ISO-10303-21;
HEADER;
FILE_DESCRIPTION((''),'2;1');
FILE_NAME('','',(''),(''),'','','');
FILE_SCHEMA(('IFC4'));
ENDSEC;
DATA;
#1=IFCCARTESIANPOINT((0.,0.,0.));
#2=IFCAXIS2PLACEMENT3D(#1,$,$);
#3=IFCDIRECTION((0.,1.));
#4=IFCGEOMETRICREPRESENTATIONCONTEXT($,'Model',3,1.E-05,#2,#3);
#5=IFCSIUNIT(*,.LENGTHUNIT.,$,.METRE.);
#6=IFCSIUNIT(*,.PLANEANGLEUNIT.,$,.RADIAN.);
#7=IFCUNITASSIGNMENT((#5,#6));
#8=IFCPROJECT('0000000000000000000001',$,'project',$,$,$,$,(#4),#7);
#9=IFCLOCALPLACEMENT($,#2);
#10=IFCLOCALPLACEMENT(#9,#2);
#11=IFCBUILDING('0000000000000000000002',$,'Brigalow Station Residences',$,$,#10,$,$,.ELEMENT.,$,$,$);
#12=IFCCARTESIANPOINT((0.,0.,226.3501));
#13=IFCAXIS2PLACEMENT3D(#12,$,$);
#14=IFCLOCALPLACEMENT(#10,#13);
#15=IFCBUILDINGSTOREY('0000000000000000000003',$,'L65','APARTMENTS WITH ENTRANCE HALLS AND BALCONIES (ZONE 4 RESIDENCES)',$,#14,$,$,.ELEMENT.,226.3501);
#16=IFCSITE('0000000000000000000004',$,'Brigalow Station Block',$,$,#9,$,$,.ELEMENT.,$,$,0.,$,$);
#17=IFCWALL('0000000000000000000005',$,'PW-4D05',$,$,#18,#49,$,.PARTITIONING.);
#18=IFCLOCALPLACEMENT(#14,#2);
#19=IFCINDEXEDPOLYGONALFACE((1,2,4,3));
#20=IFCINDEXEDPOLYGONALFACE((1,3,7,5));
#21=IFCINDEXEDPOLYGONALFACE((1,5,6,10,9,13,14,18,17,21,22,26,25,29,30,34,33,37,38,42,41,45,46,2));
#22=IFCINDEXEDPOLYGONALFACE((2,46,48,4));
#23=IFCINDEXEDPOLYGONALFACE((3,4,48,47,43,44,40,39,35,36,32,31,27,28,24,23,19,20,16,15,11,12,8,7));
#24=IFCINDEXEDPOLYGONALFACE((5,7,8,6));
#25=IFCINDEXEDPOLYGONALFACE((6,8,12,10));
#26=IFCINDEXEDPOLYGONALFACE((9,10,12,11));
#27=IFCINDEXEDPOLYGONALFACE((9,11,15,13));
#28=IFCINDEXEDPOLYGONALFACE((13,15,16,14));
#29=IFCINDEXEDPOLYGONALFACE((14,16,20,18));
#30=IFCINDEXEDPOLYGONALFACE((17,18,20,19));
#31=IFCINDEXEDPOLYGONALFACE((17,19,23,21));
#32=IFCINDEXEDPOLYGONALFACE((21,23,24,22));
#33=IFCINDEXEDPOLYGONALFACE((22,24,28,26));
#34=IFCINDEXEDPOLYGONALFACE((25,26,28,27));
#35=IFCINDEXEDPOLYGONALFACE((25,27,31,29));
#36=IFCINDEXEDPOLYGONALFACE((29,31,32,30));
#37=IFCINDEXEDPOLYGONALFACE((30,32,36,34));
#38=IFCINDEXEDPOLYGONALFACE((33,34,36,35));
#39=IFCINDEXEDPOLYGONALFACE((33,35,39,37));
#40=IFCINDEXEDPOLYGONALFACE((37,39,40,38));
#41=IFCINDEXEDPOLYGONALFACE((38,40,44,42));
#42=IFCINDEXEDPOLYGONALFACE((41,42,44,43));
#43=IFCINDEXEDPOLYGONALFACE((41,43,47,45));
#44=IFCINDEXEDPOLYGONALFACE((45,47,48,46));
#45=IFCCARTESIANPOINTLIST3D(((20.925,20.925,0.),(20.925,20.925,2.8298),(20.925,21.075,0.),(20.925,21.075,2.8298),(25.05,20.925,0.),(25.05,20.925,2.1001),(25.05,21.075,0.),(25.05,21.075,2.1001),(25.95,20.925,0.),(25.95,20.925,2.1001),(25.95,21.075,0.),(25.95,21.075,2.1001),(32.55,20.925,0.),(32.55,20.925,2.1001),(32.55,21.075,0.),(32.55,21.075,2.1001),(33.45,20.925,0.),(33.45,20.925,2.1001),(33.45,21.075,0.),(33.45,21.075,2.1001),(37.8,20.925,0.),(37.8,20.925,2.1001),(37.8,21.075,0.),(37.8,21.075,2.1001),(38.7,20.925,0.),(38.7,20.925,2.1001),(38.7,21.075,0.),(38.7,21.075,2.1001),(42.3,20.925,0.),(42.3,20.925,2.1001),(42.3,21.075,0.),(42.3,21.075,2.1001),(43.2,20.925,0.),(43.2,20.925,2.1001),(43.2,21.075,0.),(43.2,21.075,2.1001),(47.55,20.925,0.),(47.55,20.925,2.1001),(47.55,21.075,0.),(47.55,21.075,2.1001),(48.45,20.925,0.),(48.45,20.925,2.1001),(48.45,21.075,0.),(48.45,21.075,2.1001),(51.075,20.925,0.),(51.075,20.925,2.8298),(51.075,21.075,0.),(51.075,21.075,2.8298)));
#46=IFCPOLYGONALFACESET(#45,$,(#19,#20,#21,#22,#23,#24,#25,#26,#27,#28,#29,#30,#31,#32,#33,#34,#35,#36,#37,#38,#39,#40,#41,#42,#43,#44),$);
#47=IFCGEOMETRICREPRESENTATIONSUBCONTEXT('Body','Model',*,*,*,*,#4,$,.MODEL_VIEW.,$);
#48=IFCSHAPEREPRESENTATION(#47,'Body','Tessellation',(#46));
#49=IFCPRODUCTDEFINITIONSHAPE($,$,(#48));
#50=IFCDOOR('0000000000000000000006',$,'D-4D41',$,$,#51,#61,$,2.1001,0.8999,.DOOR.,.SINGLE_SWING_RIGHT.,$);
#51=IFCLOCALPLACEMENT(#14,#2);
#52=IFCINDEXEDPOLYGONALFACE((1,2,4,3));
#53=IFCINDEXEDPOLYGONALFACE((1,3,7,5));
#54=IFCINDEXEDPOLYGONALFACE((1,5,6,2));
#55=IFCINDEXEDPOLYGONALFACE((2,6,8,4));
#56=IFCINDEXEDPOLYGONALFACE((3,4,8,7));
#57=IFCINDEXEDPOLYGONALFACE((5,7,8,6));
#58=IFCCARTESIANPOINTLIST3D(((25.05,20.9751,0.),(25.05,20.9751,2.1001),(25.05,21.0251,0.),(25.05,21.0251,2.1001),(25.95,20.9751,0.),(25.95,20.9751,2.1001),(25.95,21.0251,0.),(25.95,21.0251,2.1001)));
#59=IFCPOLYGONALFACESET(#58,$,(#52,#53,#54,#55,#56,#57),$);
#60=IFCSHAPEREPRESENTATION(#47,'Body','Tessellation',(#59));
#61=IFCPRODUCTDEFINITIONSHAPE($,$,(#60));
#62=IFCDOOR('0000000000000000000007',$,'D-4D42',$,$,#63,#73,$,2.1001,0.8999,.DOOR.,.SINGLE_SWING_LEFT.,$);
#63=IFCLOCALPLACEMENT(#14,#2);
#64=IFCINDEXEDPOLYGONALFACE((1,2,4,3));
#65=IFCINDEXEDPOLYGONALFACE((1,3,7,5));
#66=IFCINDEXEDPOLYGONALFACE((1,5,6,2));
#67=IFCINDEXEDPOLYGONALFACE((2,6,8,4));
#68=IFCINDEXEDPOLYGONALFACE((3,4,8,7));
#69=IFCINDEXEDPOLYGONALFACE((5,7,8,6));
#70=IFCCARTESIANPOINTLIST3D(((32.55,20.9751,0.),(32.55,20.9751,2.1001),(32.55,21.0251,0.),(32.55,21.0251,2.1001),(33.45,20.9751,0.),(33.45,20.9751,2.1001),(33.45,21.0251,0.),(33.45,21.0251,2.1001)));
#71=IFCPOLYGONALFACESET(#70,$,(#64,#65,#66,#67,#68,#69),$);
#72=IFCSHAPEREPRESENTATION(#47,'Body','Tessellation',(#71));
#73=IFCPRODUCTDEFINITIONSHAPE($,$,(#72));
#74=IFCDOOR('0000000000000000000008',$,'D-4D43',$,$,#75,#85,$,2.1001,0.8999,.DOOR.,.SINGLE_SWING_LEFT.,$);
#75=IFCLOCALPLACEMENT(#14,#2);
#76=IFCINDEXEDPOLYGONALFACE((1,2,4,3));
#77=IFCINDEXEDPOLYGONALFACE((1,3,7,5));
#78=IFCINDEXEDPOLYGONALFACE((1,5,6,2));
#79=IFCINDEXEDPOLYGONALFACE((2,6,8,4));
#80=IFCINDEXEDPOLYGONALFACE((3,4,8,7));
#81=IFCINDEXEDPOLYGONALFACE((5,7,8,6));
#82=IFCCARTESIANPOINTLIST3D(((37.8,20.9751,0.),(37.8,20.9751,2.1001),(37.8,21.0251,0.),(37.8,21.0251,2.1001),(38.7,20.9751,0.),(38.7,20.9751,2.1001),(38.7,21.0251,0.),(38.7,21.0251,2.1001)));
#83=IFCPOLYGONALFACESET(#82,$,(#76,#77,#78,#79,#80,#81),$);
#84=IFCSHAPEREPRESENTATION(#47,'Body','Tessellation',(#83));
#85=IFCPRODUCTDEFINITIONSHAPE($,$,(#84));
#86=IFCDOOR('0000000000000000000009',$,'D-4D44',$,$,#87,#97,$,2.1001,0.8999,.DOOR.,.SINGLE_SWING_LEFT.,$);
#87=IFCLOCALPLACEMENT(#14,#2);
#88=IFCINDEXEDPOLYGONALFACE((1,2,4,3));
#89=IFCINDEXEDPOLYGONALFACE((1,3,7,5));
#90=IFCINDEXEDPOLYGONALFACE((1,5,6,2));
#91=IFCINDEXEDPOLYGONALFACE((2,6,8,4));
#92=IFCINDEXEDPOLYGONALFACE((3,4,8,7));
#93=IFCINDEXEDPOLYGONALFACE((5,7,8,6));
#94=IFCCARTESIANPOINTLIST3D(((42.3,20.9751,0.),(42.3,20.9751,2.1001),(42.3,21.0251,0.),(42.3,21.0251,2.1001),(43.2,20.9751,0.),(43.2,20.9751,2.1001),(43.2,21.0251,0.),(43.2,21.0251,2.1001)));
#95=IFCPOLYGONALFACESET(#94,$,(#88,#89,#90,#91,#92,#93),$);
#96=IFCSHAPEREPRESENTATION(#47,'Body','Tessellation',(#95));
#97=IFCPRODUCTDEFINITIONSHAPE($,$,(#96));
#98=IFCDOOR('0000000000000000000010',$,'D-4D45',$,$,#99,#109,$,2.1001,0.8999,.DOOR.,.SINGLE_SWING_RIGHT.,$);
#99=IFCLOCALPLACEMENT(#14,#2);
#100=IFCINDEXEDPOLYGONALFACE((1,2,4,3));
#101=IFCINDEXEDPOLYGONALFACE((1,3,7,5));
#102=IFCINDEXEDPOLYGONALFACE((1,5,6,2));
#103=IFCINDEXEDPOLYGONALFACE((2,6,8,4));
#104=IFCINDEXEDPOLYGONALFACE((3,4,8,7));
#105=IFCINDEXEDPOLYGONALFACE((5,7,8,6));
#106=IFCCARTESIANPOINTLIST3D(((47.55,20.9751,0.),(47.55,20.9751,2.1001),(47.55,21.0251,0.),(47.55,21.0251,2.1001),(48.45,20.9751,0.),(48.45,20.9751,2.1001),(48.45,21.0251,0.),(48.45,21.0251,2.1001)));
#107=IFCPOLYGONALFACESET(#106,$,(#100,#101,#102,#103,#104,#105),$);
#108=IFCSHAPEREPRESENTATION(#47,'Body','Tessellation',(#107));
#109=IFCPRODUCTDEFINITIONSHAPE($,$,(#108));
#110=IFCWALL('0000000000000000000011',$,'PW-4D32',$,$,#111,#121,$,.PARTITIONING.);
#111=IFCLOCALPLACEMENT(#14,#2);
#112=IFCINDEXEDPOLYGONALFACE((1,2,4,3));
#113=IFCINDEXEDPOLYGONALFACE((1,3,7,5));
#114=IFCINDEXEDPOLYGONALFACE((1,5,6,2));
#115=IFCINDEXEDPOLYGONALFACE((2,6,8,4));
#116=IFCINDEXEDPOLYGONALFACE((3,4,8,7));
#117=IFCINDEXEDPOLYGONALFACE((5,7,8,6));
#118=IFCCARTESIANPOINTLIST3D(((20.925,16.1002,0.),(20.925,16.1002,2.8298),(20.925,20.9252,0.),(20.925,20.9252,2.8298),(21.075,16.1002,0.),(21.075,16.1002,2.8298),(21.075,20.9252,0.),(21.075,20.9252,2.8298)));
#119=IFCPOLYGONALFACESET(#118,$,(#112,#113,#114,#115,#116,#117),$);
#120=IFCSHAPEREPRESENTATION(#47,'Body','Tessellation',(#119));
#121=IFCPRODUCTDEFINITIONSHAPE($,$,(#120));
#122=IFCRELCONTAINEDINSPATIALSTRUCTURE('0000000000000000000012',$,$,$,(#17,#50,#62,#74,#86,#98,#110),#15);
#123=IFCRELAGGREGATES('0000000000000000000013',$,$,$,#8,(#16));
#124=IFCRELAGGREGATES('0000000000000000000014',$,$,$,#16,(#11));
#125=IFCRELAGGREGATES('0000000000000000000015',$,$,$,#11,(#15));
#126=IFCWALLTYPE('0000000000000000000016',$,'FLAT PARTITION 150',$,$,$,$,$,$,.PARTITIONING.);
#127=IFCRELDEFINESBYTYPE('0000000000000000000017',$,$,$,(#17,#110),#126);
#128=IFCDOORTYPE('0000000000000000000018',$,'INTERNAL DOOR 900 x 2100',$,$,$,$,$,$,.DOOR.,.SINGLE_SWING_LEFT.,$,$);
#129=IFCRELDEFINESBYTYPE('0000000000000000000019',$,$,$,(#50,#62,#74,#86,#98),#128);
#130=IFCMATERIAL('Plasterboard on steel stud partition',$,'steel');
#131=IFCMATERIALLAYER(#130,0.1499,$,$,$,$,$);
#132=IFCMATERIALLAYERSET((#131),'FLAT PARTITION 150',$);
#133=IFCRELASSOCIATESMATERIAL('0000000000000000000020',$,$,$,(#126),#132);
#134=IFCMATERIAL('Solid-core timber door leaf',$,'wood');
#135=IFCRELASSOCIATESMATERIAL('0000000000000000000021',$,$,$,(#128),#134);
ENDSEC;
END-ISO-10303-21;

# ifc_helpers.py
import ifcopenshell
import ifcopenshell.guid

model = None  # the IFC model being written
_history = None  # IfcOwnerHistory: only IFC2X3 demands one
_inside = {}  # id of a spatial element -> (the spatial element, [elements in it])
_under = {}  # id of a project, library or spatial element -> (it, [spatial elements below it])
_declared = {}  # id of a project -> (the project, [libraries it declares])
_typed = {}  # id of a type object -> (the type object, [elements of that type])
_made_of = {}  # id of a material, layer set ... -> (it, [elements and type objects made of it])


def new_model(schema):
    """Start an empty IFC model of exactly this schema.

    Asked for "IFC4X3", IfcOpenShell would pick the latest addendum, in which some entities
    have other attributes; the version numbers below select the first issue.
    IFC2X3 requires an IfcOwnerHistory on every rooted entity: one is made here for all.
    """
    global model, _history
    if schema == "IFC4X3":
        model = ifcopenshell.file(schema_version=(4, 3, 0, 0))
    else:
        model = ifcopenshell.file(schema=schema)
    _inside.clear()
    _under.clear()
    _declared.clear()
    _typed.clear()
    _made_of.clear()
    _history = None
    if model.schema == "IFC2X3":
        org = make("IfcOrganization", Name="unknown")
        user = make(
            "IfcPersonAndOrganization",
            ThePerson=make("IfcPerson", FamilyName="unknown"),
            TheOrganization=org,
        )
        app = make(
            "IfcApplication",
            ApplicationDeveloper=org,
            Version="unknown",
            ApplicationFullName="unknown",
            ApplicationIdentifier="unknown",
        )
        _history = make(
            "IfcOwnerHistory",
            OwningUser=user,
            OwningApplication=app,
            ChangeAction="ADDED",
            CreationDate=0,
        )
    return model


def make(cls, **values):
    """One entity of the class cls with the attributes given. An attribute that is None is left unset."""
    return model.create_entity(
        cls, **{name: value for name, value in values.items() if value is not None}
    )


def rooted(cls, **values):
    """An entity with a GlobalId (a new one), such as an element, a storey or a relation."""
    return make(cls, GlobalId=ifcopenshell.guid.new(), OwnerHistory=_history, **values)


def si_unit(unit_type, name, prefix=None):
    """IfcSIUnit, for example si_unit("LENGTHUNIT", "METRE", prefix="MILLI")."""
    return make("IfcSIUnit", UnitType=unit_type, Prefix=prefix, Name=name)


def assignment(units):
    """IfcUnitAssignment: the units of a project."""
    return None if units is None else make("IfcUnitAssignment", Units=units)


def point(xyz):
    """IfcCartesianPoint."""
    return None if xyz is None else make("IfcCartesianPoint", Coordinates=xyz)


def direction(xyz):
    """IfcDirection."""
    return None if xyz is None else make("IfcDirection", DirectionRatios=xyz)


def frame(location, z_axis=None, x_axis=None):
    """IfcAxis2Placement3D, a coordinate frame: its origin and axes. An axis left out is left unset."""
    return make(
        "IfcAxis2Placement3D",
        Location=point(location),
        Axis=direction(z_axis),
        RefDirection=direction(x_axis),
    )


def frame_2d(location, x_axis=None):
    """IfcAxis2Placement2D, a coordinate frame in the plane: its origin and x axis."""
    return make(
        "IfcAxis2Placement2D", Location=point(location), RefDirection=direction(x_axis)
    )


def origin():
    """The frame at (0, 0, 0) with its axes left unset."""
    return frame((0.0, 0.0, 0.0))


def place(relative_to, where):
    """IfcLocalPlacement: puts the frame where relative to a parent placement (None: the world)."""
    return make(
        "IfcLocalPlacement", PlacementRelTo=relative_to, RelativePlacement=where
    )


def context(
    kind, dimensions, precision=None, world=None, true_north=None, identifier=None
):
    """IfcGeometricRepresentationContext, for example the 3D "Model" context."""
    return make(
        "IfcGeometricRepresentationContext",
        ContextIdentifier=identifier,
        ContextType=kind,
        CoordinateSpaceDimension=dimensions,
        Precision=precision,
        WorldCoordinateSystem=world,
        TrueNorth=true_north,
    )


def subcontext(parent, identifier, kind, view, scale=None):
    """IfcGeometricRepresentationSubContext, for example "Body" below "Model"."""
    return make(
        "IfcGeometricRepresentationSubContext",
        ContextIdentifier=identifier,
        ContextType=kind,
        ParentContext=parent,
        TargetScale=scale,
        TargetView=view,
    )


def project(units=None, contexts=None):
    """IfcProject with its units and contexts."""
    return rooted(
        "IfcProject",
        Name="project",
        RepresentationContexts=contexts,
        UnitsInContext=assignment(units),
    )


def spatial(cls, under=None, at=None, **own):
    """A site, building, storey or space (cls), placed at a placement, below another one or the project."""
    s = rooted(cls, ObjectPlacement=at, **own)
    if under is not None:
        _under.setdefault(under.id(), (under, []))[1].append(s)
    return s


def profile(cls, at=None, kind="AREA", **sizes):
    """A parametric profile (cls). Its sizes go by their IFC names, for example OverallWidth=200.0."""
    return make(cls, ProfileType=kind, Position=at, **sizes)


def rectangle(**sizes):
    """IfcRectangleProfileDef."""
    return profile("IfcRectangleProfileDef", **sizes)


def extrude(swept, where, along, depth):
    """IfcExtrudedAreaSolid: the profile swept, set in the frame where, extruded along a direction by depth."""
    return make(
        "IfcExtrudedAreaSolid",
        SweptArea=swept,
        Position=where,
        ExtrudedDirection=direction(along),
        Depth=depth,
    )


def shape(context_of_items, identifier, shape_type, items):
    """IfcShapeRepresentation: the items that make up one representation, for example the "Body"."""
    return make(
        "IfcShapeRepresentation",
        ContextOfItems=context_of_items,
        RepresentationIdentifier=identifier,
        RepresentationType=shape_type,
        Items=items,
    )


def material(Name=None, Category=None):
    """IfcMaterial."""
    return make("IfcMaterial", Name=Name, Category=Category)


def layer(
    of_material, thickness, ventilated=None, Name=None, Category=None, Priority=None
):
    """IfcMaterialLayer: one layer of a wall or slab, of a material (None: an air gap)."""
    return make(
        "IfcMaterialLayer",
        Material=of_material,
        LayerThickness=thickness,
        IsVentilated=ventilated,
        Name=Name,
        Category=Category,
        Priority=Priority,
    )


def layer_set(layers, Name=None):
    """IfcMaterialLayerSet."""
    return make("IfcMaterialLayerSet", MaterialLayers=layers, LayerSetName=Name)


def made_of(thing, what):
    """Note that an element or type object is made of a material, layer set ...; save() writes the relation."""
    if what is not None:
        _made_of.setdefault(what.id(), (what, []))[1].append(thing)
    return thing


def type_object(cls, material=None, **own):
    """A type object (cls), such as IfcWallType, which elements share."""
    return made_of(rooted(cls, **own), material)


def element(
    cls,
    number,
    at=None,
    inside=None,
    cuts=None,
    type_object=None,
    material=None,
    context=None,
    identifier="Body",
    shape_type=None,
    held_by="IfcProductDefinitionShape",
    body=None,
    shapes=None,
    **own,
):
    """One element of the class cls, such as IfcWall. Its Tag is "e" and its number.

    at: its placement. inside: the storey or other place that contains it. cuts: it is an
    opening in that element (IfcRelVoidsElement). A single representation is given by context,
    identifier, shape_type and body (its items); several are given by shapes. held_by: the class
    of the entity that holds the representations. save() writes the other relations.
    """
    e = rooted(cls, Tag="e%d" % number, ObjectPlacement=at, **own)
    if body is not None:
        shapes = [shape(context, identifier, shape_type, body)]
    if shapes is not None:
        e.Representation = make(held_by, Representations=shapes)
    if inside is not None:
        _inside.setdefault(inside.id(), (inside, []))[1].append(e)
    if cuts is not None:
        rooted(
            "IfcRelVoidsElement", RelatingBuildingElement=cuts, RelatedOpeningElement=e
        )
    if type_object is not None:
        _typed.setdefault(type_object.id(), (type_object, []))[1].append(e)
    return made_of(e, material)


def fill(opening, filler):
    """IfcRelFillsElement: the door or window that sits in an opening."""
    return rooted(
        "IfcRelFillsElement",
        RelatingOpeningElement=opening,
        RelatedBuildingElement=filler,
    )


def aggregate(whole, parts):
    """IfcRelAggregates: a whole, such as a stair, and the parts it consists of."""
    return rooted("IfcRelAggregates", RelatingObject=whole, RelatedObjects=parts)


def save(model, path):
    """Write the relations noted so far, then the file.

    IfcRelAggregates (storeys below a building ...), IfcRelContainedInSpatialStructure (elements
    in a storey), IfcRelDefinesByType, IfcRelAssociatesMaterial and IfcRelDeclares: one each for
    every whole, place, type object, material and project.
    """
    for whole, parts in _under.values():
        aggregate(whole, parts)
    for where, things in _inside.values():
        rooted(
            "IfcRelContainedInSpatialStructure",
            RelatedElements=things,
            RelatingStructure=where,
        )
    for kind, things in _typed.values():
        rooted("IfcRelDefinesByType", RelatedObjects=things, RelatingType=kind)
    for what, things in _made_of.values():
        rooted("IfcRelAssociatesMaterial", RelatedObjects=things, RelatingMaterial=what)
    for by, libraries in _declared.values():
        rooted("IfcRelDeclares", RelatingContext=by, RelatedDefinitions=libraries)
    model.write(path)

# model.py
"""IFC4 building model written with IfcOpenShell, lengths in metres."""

from ifc_helpers import new_model, si_unit, direction, frame, frame_2d, origin, place, context, subcontext, project, spatial, rectangle, extrude, material, layer, layer_set, type_object, element, fill, save


model = new_model("IFC4")

# Units and contexts
model_context = context("Model", 3, precision=1e-05, world=origin(), true_north=direction((0.0, 1.0)))
body_context = subcontext(model_context, "Body", "Model", "MODEL_VIEW")
ifc_project = project(units=[si_unit("LENGTHUNIT", "METRE"), si_unit("PLANEANGLEUNIT", "RADIAN")], contexts=[model_context])

# Site, building, storey
site_placement = place(None, origin())
site = spatial("IfcSite", under=ifc_project, at=site_placement, Name="Brigalow Station Block", CompositionType="ELEMENT", RefElevation=0.0)
building_placement = place(site_placement, origin())
building = spatial("IfcBuilding", under=site, at=building_placement, Name="Brigalow Station Residences", CompositionType="ELEMENT")
storey_placement = place(building_placement, frame((0.0, 0.0, 226.3501)))
storey = spatial("IfcBuildingStorey", under=building, at=storey_placement, Name="L65", Description="APARTMENTS WITH ENTRANCE HALLS AND BALCONIES (ZONE 4 RESIDENCES)", CompositionType="ELEMENT", Elevation=226.3501)

# Wall, openings, doors
ifc_material_1 = material(Name="Plasterboard on steel stud partition", Category="steel")
ifc_layer_1 = layer(ifc_material_1, 0.1499)
ifc_layer_set_1 = layer_set([ifc_layer_1], Name="FLAT PARTITION 150")
wall_type_1 = type_object("IfcWallType", Name="FLAT PARTITION 150", PredefinedType="PARTITIONING", material=ifc_layer_set_1)
wall_1_placement = place(storey_placement, frame((20.925, 21.0, 0.0), z_axis=(0.0, 0.0, 1.0), x_axis=(1.0, 0.0, 0.0)))
wall_1 = element("IfcWall", 1, at=wall_1_placement, inside=storey, type_object=wall_type_1, Name="PW-4D05", PredefinedType="PARTITIONING", context=body_context, shape_type="SweptSolid", body=[
    extrude(rectangle(XDim=30.1499, YDim=0.1499, at=frame_2d((15.075, 0.0))), origin(), (0.0, 0.0, 1.0), 2.8298),
])
opening_1_placement = place(wall_1_placement, frame((4.125, 0.0, 0.0)))
opening_1 = element("IfcOpeningElement", 2, at=opening_1_placement, cuts=wall_1, PredefinedType="OPENING", context=body_context, shape_type="SweptSolid", body=[
    extrude(rectangle(XDim=0.8999, YDim=2.1001, at=frame_2d((0.45, 1.05))), frame((0.0, 0.085, 0.0), z_axis=(0.0, -1.0, 0.0), x_axis=(1.0, 0.0, 0.0)), (0.0, 0.0, 1.0), 0.1699),
])
opening_2_placement = place(wall_1_placement, frame((11.625, 0.0, 0.0)))
opening_2 = element("IfcOpeningElement", 3, at=opening_2_placement, cuts=wall_1, PredefinedType="OPENING", context=body_context, shape_type="SweptSolid", body=[
    extrude(rectangle(XDim=0.8999, YDim=2.1001, at=frame_2d((0.45, 1.05))), frame((0.0, 0.085, 0.0), z_axis=(0.0, -1.0, 0.0), x_axis=(1.0, 0.0, 0.0)), (0.0, 0.0, 1.0), 0.1699),
])
opening_3_placement = place(wall_1_placement, frame((16.875, 0.0, 0.0)))
opening_3 = element("IfcOpeningElement", 4, at=opening_3_placement, cuts=wall_1, PredefinedType="OPENING", context=body_context, shape_type="SweptSolid", body=[
    extrude(rectangle(XDim=0.8999, YDim=2.1001, at=frame_2d((0.45, 1.05))), frame((0.0, 0.085, 0.0), z_axis=(0.0, -1.0, 0.0), x_axis=(1.0, 0.0, 0.0)), (0.0, 0.0, 1.0), 0.1699),
])
opening_4_placement = place(wall_1_placement, frame((21.375, 0.0, 0.0)))
opening_4 = element("IfcOpeningElement", 5, at=opening_4_placement, cuts=wall_1, PredefinedType="OPENING", context=body_context, shape_type="SweptSolid", body=[
    extrude(rectangle(XDim=0.8999, YDim=2.1001, at=frame_2d((0.45, 1.05))), frame((0.0, 0.085, 0.0), z_axis=(0.0, -1.0, 0.0), x_axis=(1.0, 0.0, 0.0)), (0.0, 0.0, 1.0), 0.1699),
])
opening_5_placement = place(wall_1_placement, frame((26.625, 0.0, 0.0)))
opening_5 = element("IfcOpeningElement", 6, at=opening_5_placement, cuts=wall_1, PredefinedType="OPENING", context=body_context, shape_type="SweptSolid", body=[
    extrude(rectangle(XDim=0.8999, YDim=2.1001, at=frame_2d((0.45, 1.05))), frame((0.0, 0.085, 0.0), z_axis=(0.0, -1.0, 0.0), x_axis=(1.0, 0.0, 0.0)), (0.0, 0.0, 1.0), 0.1699),
])
ifc_material_2 = material(Name="Solid-core timber door leaf", Category="wood")
door_type_1 = type_object("IfcDoorType", Name="INTERNAL DOOR 900 x 2100", OperationType="SINGLE_SWING_LEFT", PredefinedType="DOOR", material=ifc_material_2)
door_1_placement = place(opening_1_placement, frame((0.8999, 0.0, 0.0), z_axis=(0.0, 0.0, 1.0), x_axis=(-1.0, 0.0, 0.0)))
door_1 = element("IfcDoor", 7, at=door_1_placement, inside=storey, type_object=door_type_1, Name="D-4D41", OperationType="SINGLE_SWING_RIGHT", OverallHeight=2.1001, OverallWidth=0.8999, PredefinedType="DOOR", context=body_context, shape_type="SweptSolid", body=[
    extrude(rectangle(XDim=0.8999, YDim=2.1001, at=frame_2d((0.45, 1.05))), frame((0.0, 0.0249, 0.0), z_axis=(0.0, -1.0, 0.0), x_axis=(1.0, 0.0, 0.0)), (0.0, 0.0, 1.0), 0.05),
])
fill(opening_1, door_1)
door_2_placement = place(opening_2_placement, frame((0.8999, 0.0, 0.0), z_axis=(0.0, 0.0, 1.0), x_axis=(-1.0, 0.0, 0.0)))
door_2 = element("IfcDoor", 8, at=door_2_placement, inside=storey, type_object=door_type_1, Name="D-4D42", OperationType="SINGLE_SWING_LEFT", OverallHeight=2.1001, OverallWidth=0.8999, PredefinedType="DOOR", context=body_context, shape_type="SweptSolid", body=[
    extrude(rectangle(XDim=0.8999, YDim=2.1001, at=frame_2d((0.45, 1.05))), frame((0.0, 0.0249, 0.0), z_axis=(0.0, -1.0, 0.0), x_axis=(1.0, 0.0, 0.0)), (0.0, 0.0, 1.0), 0.05),
])
fill(opening_2, door_2)
door_3_placement = place(opening_3_placement, frame((0.8999, 0.0, 0.0), z_axis=(0.0, 0.0, 1.0), x_axis=(-1.0, 0.0, 0.0)))
door_3 = element("IfcDoor", 9, at=door_3_placement, inside=storey, type_object=door_type_1, Name="D-4D43", OperationType="SINGLE_SWING_LEFT", OverallHeight=2.1001, OverallWidth=0.8999, PredefinedType="DOOR", context=body_context, shape_type="SweptSolid", body=[
    extrude(rectangle(XDim=0.8999, YDim=2.1001, at=frame_2d((0.45, 1.05))), frame((0.0, 0.0249, 0.0), z_axis=(0.0, -1.0, 0.0), x_axis=(1.0, 0.0, 0.0)), (0.0, 0.0, 1.0), 0.05),
])
fill(opening_3, door_3)
door_4_placement = place(opening_4_placement, frame((0.8999, 0.0, 0.0), z_axis=(0.0, 0.0, 1.0), x_axis=(-1.0, 0.0, 0.0)))
door_4 = element("IfcDoor", 10, at=door_4_placement, inside=storey, type_object=door_type_1, Name="D-4D44", OperationType="SINGLE_SWING_LEFT", OverallHeight=2.1001, OverallWidth=0.8999, PredefinedType="DOOR", context=body_context, shape_type="SweptSolid", body=[
    extrude(rectangle(XDim=0.8999, YDim=2.1001, at=frame_2d((0.45, 1.05))), frame((0.0, 0.0249, 0.0), z_axis=(0.0, -1.0, 0.0), x_axis=(1.0, 0.0, 0.0)), (0.0, 0.0, 1.0), 0.05),
])
fill(opening_4, door_4)
door_5_placement = place(opening_5_placement, frame((0.8999, 0.0, 0.0), z_axis=(0.0, 0.0, 1.0), x_axis=(-1.0, 0.0, 0.0)))
door_5 = element("IfcDoor", 11, at=door_5_placement, inside=storey, type_object=door_type_1, Name="D-4D45", OperationType="SINGLE_SWING_RIGHT", OverallHeight=2.1001, OverallWidth=0.8999, PredefinedType="DOOR", context=body_context, shape_type="SweptSolid", body=[
    extrude(rectangle(XDim=0.8999, YDim=2.1001, at=frame_2d((0.45, 1.05))), frame((0.0, 0.0249, 0.0), z_axis=(0.0, -1.0, 0.0), x_axis=(1.0, 0.0, 0.0)), (0.0, 0.0, 1.0), 0.05),
])
fill(opening_5, door_5)

# Wall
wall_2_placement = place(storey_placement, frame((21.0, 16.1001, 0.0), z_axis=(0.0, 0.0, 1.0), x_axis=(0.0, 1.0, 0.0)))
element("IfcWall", 12, at=wall_2_placement, inside=storey, type_object=wall_type_1, Name="PW-4D32", PredefinedType="PARTITIONING", context=body_context, shape_type="SweptSolid", body=[
    extrude(rectangle(XDim=4.825, YDim=0.1499, at=frame_2d((2.4126, 0.0))), origin(), (0.0, 0.0, 1.0), 2.8298),
])

save(model, "model.ifc")
